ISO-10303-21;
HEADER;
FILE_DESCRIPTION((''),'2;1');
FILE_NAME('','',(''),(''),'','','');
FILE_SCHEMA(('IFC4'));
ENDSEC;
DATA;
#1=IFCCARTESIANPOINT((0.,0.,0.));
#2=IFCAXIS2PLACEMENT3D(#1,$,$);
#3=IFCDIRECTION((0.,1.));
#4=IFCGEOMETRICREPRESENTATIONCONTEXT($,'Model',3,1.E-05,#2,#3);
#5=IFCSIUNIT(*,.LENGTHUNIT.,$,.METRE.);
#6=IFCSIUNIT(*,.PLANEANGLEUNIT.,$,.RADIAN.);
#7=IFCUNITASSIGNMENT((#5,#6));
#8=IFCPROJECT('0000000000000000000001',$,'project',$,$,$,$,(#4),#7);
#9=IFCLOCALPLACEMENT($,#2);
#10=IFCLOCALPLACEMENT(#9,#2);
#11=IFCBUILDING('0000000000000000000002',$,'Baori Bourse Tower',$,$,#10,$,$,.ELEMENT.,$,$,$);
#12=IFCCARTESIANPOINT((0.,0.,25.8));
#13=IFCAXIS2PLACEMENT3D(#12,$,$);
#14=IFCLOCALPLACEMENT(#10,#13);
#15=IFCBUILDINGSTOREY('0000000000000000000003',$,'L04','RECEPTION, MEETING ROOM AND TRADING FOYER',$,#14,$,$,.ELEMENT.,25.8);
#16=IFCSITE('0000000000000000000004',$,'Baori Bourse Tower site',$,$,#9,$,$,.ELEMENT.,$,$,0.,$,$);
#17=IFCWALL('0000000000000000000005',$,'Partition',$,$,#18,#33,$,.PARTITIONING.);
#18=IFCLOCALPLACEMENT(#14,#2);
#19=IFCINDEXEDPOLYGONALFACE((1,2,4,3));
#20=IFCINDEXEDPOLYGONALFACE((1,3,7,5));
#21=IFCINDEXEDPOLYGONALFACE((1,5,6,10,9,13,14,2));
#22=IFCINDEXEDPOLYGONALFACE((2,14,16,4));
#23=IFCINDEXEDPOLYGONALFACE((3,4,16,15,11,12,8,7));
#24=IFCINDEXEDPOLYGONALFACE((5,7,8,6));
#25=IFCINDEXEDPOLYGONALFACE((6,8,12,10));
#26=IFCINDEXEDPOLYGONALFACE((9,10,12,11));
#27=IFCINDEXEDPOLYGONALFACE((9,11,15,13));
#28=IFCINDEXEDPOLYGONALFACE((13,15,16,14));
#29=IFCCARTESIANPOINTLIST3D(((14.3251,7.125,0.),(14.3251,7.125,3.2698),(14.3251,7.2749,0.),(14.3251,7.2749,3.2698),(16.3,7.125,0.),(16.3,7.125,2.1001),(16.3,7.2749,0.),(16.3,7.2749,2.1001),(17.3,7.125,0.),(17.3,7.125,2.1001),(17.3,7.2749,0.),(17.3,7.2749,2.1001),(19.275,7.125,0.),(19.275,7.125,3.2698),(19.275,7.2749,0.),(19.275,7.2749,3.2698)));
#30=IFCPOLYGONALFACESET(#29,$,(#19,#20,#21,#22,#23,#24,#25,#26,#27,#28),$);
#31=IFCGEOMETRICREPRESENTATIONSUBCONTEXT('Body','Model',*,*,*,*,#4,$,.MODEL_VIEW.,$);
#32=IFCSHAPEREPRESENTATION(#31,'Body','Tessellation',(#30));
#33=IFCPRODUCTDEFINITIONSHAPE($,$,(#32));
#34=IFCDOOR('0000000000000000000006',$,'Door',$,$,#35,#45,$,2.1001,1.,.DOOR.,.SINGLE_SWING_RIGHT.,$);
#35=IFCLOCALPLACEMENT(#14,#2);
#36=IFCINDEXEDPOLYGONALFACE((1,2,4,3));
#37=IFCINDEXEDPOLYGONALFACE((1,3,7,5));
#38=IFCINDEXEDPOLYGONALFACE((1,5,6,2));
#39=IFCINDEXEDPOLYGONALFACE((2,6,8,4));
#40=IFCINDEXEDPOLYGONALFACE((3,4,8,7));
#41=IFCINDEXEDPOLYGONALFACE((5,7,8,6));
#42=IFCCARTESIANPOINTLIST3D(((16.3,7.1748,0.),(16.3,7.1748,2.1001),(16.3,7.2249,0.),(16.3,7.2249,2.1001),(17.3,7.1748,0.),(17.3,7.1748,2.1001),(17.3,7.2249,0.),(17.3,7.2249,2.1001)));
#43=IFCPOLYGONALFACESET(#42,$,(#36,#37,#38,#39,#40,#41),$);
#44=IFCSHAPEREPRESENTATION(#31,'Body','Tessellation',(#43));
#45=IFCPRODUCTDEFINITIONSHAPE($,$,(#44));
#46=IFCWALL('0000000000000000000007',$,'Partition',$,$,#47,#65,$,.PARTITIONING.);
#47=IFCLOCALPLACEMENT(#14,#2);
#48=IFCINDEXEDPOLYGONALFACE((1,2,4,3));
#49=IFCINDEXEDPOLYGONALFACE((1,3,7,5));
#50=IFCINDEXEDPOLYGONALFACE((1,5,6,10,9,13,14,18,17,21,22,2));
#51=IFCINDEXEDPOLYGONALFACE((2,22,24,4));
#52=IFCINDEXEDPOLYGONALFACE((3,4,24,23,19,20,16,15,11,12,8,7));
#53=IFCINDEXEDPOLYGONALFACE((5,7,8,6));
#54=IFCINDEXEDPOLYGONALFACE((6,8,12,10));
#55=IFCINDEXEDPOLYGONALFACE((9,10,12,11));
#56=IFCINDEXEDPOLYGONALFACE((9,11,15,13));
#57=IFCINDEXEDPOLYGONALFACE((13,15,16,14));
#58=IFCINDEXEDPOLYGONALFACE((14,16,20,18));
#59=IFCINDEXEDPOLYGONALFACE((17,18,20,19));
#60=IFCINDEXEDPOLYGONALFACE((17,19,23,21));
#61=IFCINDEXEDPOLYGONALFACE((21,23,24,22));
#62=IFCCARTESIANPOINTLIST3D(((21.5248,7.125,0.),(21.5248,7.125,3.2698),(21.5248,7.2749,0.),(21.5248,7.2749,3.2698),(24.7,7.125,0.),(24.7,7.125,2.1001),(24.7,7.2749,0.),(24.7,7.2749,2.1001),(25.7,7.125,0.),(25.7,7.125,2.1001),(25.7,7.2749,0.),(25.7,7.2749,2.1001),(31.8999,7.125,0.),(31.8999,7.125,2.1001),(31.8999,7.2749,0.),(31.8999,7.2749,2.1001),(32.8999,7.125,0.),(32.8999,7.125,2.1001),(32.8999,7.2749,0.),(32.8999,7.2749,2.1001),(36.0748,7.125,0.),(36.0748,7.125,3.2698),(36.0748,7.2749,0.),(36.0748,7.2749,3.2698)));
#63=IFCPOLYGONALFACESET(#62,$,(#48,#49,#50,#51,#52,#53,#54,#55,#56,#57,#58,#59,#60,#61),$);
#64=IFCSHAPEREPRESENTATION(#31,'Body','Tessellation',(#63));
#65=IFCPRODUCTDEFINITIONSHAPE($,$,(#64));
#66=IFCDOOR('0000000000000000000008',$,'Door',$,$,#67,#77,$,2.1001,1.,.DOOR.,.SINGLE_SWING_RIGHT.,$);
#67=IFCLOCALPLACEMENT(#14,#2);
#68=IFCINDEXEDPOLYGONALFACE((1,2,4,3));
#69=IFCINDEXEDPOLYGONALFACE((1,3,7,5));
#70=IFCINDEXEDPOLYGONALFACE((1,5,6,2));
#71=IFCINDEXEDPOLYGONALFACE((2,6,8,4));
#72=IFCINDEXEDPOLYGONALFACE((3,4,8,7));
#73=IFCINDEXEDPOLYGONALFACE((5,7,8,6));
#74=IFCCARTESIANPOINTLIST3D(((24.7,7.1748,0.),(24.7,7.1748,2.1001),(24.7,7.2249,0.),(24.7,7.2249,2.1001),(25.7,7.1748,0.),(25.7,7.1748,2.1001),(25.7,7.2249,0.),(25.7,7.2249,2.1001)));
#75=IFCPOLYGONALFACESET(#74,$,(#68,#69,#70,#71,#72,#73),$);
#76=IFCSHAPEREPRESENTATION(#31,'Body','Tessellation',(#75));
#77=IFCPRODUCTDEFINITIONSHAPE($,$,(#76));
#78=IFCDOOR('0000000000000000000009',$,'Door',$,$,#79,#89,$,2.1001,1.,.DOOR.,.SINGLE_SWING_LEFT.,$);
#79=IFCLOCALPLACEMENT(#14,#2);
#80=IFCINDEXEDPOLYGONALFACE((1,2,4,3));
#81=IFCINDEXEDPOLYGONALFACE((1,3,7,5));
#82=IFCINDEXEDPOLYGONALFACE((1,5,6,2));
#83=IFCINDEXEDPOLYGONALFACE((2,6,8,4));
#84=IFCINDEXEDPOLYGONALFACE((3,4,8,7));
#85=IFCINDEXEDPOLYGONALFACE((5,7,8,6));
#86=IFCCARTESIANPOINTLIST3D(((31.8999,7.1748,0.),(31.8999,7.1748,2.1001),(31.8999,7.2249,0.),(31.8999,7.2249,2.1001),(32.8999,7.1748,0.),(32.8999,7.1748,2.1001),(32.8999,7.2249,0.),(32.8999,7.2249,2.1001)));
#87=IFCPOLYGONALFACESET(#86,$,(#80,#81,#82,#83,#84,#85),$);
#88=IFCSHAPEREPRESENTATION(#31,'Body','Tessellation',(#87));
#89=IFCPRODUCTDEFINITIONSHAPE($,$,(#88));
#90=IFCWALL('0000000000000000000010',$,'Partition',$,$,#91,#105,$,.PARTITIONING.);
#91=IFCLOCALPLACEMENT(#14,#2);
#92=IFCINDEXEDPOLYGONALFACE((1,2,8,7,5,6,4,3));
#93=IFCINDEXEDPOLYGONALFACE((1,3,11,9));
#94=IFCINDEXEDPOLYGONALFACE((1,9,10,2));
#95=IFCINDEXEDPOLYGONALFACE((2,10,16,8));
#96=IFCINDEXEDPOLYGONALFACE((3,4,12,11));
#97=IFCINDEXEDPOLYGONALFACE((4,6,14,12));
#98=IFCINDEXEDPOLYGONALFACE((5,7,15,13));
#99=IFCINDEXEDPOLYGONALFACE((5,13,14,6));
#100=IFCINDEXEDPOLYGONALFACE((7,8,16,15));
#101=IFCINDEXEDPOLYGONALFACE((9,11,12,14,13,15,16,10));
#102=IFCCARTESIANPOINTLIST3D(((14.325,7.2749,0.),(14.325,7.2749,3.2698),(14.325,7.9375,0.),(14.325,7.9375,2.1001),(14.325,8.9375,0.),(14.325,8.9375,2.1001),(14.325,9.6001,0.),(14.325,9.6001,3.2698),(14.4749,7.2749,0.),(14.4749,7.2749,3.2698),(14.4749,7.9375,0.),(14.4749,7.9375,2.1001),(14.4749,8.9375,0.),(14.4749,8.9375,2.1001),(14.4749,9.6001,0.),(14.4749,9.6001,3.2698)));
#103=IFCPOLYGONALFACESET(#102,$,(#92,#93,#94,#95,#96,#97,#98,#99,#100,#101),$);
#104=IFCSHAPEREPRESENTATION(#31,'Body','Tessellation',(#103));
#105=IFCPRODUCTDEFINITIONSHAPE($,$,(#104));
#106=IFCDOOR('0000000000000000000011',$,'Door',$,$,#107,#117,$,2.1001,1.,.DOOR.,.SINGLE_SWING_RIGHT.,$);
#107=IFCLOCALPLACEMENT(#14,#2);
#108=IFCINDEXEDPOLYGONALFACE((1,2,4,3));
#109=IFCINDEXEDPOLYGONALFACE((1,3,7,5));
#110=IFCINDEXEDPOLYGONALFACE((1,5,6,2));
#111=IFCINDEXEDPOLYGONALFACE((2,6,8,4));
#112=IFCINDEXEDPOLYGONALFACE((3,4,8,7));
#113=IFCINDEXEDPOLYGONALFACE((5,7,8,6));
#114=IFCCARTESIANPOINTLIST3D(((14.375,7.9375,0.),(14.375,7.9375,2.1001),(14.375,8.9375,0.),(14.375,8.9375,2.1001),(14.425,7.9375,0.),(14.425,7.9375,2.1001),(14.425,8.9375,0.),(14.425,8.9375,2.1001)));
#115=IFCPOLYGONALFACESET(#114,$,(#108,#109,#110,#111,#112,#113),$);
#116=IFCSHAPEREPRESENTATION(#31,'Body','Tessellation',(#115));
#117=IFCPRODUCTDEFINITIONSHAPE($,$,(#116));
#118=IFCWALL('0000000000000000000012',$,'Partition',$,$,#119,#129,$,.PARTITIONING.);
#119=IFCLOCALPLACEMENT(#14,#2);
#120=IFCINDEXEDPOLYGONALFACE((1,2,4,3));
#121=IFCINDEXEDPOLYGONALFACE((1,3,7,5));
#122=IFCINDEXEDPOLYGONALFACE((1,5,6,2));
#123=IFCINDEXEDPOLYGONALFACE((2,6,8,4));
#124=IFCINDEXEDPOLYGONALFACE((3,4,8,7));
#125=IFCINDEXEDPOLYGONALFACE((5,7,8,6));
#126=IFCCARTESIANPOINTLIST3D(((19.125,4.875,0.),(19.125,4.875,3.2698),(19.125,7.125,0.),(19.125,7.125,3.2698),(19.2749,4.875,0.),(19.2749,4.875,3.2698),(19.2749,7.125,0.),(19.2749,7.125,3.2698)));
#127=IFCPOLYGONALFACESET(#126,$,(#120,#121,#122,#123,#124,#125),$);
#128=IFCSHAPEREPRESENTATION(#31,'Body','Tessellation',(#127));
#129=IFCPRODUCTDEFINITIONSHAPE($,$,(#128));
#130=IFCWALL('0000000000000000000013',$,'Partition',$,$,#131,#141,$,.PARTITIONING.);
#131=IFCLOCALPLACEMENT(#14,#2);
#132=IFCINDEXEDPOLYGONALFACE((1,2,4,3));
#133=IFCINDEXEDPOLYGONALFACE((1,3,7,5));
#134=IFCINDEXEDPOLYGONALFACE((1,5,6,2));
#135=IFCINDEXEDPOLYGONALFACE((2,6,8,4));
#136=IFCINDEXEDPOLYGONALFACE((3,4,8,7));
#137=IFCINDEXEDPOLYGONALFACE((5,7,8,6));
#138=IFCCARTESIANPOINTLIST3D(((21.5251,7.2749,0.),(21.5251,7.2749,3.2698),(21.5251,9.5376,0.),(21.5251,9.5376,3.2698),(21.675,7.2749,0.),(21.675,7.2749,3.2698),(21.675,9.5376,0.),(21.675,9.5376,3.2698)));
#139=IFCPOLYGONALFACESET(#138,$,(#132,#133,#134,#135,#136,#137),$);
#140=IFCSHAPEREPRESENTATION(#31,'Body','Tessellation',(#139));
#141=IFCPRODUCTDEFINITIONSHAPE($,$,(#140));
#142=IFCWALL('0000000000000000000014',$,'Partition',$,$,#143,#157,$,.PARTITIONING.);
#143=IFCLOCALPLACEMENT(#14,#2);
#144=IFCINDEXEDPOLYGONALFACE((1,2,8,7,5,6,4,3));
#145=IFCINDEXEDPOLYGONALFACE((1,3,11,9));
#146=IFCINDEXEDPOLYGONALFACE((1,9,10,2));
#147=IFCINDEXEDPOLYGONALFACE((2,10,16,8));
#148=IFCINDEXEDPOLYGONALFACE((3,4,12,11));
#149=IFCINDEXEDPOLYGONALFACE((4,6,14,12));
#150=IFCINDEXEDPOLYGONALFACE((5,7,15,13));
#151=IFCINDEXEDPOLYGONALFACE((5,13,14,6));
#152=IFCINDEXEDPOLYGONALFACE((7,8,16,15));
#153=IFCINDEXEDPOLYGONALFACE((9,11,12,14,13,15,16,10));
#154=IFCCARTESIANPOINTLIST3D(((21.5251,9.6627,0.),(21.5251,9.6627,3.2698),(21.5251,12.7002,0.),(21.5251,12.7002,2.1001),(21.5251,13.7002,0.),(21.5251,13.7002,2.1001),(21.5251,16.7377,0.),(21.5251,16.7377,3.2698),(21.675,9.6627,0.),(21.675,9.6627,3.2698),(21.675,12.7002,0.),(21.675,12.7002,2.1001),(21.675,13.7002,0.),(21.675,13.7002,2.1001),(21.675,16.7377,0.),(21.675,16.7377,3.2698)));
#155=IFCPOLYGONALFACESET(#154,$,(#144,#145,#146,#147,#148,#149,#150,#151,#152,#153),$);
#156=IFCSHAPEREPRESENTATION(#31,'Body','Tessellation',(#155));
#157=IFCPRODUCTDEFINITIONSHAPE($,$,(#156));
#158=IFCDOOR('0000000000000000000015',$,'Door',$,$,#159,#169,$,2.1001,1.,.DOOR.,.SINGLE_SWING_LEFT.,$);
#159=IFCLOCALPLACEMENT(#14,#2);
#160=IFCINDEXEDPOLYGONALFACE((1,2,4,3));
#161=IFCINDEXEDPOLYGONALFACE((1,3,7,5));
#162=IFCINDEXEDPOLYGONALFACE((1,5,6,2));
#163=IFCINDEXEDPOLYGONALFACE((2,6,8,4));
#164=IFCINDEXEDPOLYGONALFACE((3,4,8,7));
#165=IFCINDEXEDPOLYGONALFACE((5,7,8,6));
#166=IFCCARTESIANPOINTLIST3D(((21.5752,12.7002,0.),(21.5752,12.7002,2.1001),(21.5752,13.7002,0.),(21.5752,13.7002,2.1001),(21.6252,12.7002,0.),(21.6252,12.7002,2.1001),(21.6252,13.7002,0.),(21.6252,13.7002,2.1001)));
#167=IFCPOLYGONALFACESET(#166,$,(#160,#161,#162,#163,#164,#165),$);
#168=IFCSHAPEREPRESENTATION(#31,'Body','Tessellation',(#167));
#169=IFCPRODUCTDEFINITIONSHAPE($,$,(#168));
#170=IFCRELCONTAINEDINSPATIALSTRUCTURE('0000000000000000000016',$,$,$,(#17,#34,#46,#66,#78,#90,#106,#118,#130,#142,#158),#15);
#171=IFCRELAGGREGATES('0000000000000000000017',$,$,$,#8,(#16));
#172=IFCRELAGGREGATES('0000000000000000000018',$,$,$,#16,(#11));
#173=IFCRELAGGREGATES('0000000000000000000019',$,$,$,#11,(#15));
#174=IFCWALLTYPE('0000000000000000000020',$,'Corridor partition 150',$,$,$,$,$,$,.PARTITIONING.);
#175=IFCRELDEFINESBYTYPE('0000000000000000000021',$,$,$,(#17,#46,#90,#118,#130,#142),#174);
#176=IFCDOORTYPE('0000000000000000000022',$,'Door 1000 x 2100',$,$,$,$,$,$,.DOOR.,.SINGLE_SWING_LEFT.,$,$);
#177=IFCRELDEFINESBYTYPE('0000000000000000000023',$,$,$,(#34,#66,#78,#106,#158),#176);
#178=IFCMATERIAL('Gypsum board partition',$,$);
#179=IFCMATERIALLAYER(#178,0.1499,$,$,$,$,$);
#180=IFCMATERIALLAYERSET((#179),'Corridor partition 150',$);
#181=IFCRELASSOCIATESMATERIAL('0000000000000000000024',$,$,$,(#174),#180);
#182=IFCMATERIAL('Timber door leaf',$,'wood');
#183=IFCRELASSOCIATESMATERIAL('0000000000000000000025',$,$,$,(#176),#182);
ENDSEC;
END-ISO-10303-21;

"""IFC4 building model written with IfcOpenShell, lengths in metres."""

from ifc_helpers import new_model, si_unit, direction, frame, frame_2d, origin, place, context, subcontext, project, spatial, rectangle, extrude, material, layer, layer_set, type_object, element, fill, save


model = new_model("IFC4")

# Units and contexts
model_context = context("Model", 3, precision=1e-05, world=origin(), true_north=direction((0.0, 1.0)))
body_context = subcontext(model_context, "Body", "Model", "MODEL_VIEW")
ifc_project = project(units=[si_unit("LENGTHUNIT", "METRE"), si_unit("PLANEANGLEUNIT", "RADIAN")], contexts=[model_context])

# Site, building, storey
site_placement = place(None, origin())
site = spatial("IfcSite", under=ifc_project, at=site_placement, Name="Baori Bourse Tower site", CompositionType="ELEMENT", RefElevation=0.0)
building_placement = place(site_placement, origin())
building = spatial("IfcBuilding", under=site, at=building_placement, Name="Baori Bourse Tower", CompositionType="ELEMENT")
storey_placement = place(building_placement, frame((0.0, 0.0, 25.8)))
storey = spatial("IfcBuildingStorey", under=building, at=storey_placement, Name="L04", Description="RECEPTION, MEETING ROOM AND TRADING FOYER", CompositionType="ELEMENT", Elevation=25.8)

# Shared definitions
ifc_material_1 = material(Name="Gypsum board partition")
ifc_layer_1 = layer(ifc_material_1, 0.1499)
ifc_layer_set_1 = layer_set([ifc_layer_1], Name="Corridor partition 150")
wall_type_1 = type_object("IfcWallType", Name="Corridor partition 150", PredefinedType="PARTITIONING", material=ifc_layer_set_1)
ifc_material_2 = material(Name="Timber door leaf", Category="wood")
door_type_1 = type_object("IfcDoorType", Name="Door 1000 x 2100", OperationType="SINGLE_SWING_LEFT", PredefinedType="DOOR", material=ifc_material_2)

# Wall, opening, door
wall_1_placement = place(storey_placement, frame((14.325, 7.2, 0.0), z_axis=(0.0, 0.0, 1.0), x_axis=(1.0, 0.0, 0.0)))
wall_1 = element("IfcWall", 1, at=wall_1_placement, inside=storey, type_object=wall_type_1, Name="Partition", PredefinedType="PARTITIONING", context=body_context, shape_type="SweptSolid", body=[
    extrude(rectangle(XDim=4.95, YDim=0.1499, at=frame_2d((2.4751, 0.0))), origin(), (0.0, 0.0, 1.0), 3.2698),
])
opening_1_placement = place(wall_1_placement, frame((1.9751, 0.0, 0.0)))
opening_1 = element("IfcOpeningElement", 2, at=opening_1_placement, cuts=wall_1, PredefinedType="OPENING", context=body_context, shape_type="SweptSolid", body=[
    extrude(rectangle(XDim=1.0, YDim=2.1001, at=frame_2d((0.5, 1.05))), frame((0.0, 0.085, 0.0), z_axis=(0.0, -1.0, 0.0), x_axis=(1.0, 0.0, 0.0)), (0.0, 0.0, 1.0), 0.1699),
])
door_1_placement = place(opening_1_placement, origin())
door_1 = element("IfcDoor", 3, at=door_1_placement, inside=storey, type_object=door_type_1, Name="Door", OperationType="SINGLE_SWING_RIGHT", OverallHeight=2.1001, OverallWidth=1.0, PredefinedType="DOOR", context=body_context, shape_type="SweptSolid", body=[
    extrude(rectangle(XDim=1.0, YDim=2.1001, at=frame_2d((0.5, 1.05))), frame((0.0, 0.0249, 0.0), z_axis=(0.0, -1.0, 0.0), x_axis=(1.0, 0.0, 0.0)), (0.0, 0.0, 1.0), 0.05),
])
fill(opening_1, door_1)

# Wall, openings, doors
wall_2_placement = place(storey_placement, frame((21.5249, 7.2, 0.0), z_axis=(0.0, 0.0, 1.0), x_axis=(1.0, 0.0, 0.0)))
wall_2 = element("IfcWall", 4, at=wall_2_placement, inside=storey, type_object=wall_type_1, Name="Partition", PredefinedType="PARTITIONING", context=body_context, shape_type="SweptSolid", body=[
    extrude(rectangle(XDim=14.55, YDim=0.1499, at=frame_2d((7.2749, 0.0))), origin(), (0.0, 0.0, 1.0), 3.2698),
])
opening_2_placement = place(wall_2_placement, frame((3.175, 0.0, 0.0)))
opening_2 = element("IfcOpeningElement", 5, at=opening_2_placement, cuts=wall_2, PredefinedType="OPENING", context=body_context, shape_type="SweptSolid", body=[
    extrude(rectangle(XDim=1.0, YDim=2.1001, at=frame_2d((0.5, 1.05))), frame((0.0, 0.085, 0.0), z_axis=(0.0, -1.0, 0.0), x_axis=(1.0, 0.0, 0.0)), (0.0, 0.0, 1.0), 0.1699),
])
opening_3_placement = place(wall_2_placement, frame((10.375, 0.0, 0.0)))
opening_3 = element("IfcOpeningElement", 6, at=opening_3_placement, cuts=wall_2, PredefinedType="OPENING", context=body_context, shape_type="SweptSolid", body=[
    extrude(rectangle(XDim=1.0, YDim=2.1001, at=frame_2d((0.5, 1.05))), frame((0.0, 0.085, 0.0), z_axis=(0.0, -1.0, 0.0), x_axis=(1.0, 0.0, 0.0)), (0.0, 0.0, 1.0), 0.1699),
])
door_2_placement = place(opening_2_placement, origin())
door_2 = element("IfcDoor", 7, at=door_2_placement, inside=storey, type_object=door_type_1, Name="Door", OperationType="SINGLE_SWING_RIGHT", OverallHeight=2.1001, OverallWidth=1.0, PredefinedType="DOOR", context=body_context, shape_type="SweptSolid", body=[
    extrude(rectangle(XDim=1.0, YDim=2.1001, at=frame_2d((0.5, 1.05))), frame((0.0, 0.0249, 0.0), z_axis=(0.0, -1.0, 0.0), x_axis=(1.0, 0.0, 0.0)), (0.0, 0.0, 1.0), 0.05),
])
fill(opening_2, door_2)
door_3_placement = place(opening_3_placement, origin())
door_3 = element("IfcDoor", 8, at=door_3_placement, inside=storey, type_object=door_type_1, Name="Door", OperationType="SINGLE_SWING_LEFT", OverallHeight=2.1001, OverallWidth=1.0, PredefinedType="DOOR", context=body_context, shape_type="SweptSolid", body=[
    extrude(rectangle(XDim=1.0, YDim=2.1001, at=frame_2d((0.5, 1.05))), frame((0.0, 0.0249, 0.0), z_axis=(0.0, -1.0, 0.0), x_axis=(1.0, 0.0, 0.0)), (0.0, 0.0, 1.0), 0.05),
])
fill(opening_3, door_3)

# Wall, opening, door
wall_3_placement = place(storey_placement, frame((14.3999, 7.2749, 0.0), z_axis=(0.0, 0.0, 1.0), x_axis=(0.0, 1.0, 0.0)))
wall_3 = element("IfcWall", 9, at=wall_3_placement, inside=storey, type_object=wall_type_1, Name="Partition", PredefinedType="PARTITIONING", context=body_context, shape_type="SweptSolid", body=[
    extrude(rectangle(XDim=2.3252, YDim=0.1499, at=frame_2d((1.1626, 0.0))), origin(), (0.0, 0.0, 1.0), 3.2698),
])
opening_4_placement = place(wall_3_placement, frame((0.6626, 0.0, 0.0)))
opening_4 = element("IfcOpeningElement", 10, at=opening_4_placement, cuts=wall_3, PredefinedType="OPENING", context=body_context, shape_type="SweptSolid", body=[
    extrude(rectangle(XDim=1.0, YDim=2.1001, at=frame_2d((0.5, 1.05))), frame((0.0, 0.085, 0.0), z_axis=(0.0, -1.0, 0.0), x_axis=(1.0, 0.0, 0.0)), (0.0, 0.0, 1.0), 0.1699),
])
door_4_placement = place(opening_4_placement, origin())
door_4 = element("IfcDoor", 11, at=door_4_placement, inside=storey, type_object=door_type_1, Name="Door", OperationType="SINGLE_SWING_RIGHT", OverallHeight=2.1001, OverallWidth=1.0, PredefinedType="DOOR", context=body_context, shape_type="SweptSolid", body=[
    extrude(rectangle(XDim=1.0, YDim=2.1001, at=frame_2d((0.5, 1.05))), frame((0.0, 0.0249, 0.0), z_axis=(0.0, -1.0, 0.0), x_axis=(1.0, 0.0, 0.0)), (0.0, 0.0, 1.0), 0.05),
])
fill(opening_4, door_4)

# Walls
wall_4_placement = place(storey_placement, frame((19.2, 4.875, 0.0), z_axis=(0.0, 0.0, 1.0), x_axis=(0.0, 1.0, 0.0)))
element("IfcWall", 12, at=wall_4_placement, inside=storey, type_object=wall_type_1, Name="Partition", PredefinedType="PARTITIONING", context=body_context, shape_type="SweptSolid", body=[
    extrude(rectangle(XDim=2.25, YDim=0.1499, at=frame_2d((1.125, 0.0))), origin(), (0.0, 0.0, 1.0), 3.2698),
])
wall_5_placement = place(storey_placement, frame((21.6001, 7.2749, 0.0), z_axis=(0.0, 0.0, 1.0), x_axis=(0.0, 1.0, 0.0)))
element("IfcWall", 13, at=wall_5_placement, inside=storey, type_object=wall_type_1, Name="Partition", PredefinedType="PARTITIONING", context=body_context, shape_type="SweptSolid", body=[
    extrude(rectangle(XDim=2.2627, YDim=0.1499, at=frame_2d((1.1313, 0.0))), origin(), (0.0, 0.0, 1.0), 3.2698),
])

# Wall, opening, door
wall_6_placement = place(storey_placement, frame((21.6001, 9.6626, 0.0), z_axis=(0.0, 0.0, 1.0), x_axis=(0.0, 1.0, 0.0)))
wall_6 = element("IfcWall", 14, at=wall_6_placement, inside=storey, type_object=wall_type_1, Name="Partition", PredefinedType="PARTITIONING", context=body_context, shape_type="SweptSolid", body=[
    extrude(rectangle(XDim=7.075, YDim=0.1499, at=frame_2d((3.5376, 0.0))), origin(), (0.0, 0.0, 1.0), 3.2698),
])
opening_5_placement = place(wall_6_placement, frame((3.0376, 0.0, 0.0)))
opening_5 = element("IfcOpeningElement", 15, at=opening_5_placement, cuts=wall_6, PredefinedType="OPENING", context=body_context, shape_type="SweptSolid", body=[
    extrude(rectangle(XDim=1.0, YDim=2.1001, at=frame_2d((0.5, 1.05))), frame((0.0, 0.085, 0.0), z_axis=(0.0, -1.0, 0.0), x_axis=(1.0, 0.0, 0.0)), (0.0, 0.0, 1.0), 0.1699),
])
door_5_placement = place(opening_5_placement, origin())
door_5 = element("IfcDoor", 16, at=door_5_placement, inside=storey, type_object=door_type_1, Name="Door", OperationType="SINGLE_SWING_LEFT", OverallHeight=2.1001, OverallWidth=1.0, PredefinedType="DOOR", context=body_context, shape_type="SweptSolid", body=[
    extrude(rectangle(XDim=1.0, YDim=2.1001, at=frame_2d((0.5, 1.05))), frame((0.0, 0.0249, 0.0), z_axis=(0.0, -1.0, 0.0), x_axis=(1.0, 0.0, 0.0)), (0.0, 0.0, 1.0), 0.05),
])
fill(opening_5, door_5)

save(model, "model.ifc")
